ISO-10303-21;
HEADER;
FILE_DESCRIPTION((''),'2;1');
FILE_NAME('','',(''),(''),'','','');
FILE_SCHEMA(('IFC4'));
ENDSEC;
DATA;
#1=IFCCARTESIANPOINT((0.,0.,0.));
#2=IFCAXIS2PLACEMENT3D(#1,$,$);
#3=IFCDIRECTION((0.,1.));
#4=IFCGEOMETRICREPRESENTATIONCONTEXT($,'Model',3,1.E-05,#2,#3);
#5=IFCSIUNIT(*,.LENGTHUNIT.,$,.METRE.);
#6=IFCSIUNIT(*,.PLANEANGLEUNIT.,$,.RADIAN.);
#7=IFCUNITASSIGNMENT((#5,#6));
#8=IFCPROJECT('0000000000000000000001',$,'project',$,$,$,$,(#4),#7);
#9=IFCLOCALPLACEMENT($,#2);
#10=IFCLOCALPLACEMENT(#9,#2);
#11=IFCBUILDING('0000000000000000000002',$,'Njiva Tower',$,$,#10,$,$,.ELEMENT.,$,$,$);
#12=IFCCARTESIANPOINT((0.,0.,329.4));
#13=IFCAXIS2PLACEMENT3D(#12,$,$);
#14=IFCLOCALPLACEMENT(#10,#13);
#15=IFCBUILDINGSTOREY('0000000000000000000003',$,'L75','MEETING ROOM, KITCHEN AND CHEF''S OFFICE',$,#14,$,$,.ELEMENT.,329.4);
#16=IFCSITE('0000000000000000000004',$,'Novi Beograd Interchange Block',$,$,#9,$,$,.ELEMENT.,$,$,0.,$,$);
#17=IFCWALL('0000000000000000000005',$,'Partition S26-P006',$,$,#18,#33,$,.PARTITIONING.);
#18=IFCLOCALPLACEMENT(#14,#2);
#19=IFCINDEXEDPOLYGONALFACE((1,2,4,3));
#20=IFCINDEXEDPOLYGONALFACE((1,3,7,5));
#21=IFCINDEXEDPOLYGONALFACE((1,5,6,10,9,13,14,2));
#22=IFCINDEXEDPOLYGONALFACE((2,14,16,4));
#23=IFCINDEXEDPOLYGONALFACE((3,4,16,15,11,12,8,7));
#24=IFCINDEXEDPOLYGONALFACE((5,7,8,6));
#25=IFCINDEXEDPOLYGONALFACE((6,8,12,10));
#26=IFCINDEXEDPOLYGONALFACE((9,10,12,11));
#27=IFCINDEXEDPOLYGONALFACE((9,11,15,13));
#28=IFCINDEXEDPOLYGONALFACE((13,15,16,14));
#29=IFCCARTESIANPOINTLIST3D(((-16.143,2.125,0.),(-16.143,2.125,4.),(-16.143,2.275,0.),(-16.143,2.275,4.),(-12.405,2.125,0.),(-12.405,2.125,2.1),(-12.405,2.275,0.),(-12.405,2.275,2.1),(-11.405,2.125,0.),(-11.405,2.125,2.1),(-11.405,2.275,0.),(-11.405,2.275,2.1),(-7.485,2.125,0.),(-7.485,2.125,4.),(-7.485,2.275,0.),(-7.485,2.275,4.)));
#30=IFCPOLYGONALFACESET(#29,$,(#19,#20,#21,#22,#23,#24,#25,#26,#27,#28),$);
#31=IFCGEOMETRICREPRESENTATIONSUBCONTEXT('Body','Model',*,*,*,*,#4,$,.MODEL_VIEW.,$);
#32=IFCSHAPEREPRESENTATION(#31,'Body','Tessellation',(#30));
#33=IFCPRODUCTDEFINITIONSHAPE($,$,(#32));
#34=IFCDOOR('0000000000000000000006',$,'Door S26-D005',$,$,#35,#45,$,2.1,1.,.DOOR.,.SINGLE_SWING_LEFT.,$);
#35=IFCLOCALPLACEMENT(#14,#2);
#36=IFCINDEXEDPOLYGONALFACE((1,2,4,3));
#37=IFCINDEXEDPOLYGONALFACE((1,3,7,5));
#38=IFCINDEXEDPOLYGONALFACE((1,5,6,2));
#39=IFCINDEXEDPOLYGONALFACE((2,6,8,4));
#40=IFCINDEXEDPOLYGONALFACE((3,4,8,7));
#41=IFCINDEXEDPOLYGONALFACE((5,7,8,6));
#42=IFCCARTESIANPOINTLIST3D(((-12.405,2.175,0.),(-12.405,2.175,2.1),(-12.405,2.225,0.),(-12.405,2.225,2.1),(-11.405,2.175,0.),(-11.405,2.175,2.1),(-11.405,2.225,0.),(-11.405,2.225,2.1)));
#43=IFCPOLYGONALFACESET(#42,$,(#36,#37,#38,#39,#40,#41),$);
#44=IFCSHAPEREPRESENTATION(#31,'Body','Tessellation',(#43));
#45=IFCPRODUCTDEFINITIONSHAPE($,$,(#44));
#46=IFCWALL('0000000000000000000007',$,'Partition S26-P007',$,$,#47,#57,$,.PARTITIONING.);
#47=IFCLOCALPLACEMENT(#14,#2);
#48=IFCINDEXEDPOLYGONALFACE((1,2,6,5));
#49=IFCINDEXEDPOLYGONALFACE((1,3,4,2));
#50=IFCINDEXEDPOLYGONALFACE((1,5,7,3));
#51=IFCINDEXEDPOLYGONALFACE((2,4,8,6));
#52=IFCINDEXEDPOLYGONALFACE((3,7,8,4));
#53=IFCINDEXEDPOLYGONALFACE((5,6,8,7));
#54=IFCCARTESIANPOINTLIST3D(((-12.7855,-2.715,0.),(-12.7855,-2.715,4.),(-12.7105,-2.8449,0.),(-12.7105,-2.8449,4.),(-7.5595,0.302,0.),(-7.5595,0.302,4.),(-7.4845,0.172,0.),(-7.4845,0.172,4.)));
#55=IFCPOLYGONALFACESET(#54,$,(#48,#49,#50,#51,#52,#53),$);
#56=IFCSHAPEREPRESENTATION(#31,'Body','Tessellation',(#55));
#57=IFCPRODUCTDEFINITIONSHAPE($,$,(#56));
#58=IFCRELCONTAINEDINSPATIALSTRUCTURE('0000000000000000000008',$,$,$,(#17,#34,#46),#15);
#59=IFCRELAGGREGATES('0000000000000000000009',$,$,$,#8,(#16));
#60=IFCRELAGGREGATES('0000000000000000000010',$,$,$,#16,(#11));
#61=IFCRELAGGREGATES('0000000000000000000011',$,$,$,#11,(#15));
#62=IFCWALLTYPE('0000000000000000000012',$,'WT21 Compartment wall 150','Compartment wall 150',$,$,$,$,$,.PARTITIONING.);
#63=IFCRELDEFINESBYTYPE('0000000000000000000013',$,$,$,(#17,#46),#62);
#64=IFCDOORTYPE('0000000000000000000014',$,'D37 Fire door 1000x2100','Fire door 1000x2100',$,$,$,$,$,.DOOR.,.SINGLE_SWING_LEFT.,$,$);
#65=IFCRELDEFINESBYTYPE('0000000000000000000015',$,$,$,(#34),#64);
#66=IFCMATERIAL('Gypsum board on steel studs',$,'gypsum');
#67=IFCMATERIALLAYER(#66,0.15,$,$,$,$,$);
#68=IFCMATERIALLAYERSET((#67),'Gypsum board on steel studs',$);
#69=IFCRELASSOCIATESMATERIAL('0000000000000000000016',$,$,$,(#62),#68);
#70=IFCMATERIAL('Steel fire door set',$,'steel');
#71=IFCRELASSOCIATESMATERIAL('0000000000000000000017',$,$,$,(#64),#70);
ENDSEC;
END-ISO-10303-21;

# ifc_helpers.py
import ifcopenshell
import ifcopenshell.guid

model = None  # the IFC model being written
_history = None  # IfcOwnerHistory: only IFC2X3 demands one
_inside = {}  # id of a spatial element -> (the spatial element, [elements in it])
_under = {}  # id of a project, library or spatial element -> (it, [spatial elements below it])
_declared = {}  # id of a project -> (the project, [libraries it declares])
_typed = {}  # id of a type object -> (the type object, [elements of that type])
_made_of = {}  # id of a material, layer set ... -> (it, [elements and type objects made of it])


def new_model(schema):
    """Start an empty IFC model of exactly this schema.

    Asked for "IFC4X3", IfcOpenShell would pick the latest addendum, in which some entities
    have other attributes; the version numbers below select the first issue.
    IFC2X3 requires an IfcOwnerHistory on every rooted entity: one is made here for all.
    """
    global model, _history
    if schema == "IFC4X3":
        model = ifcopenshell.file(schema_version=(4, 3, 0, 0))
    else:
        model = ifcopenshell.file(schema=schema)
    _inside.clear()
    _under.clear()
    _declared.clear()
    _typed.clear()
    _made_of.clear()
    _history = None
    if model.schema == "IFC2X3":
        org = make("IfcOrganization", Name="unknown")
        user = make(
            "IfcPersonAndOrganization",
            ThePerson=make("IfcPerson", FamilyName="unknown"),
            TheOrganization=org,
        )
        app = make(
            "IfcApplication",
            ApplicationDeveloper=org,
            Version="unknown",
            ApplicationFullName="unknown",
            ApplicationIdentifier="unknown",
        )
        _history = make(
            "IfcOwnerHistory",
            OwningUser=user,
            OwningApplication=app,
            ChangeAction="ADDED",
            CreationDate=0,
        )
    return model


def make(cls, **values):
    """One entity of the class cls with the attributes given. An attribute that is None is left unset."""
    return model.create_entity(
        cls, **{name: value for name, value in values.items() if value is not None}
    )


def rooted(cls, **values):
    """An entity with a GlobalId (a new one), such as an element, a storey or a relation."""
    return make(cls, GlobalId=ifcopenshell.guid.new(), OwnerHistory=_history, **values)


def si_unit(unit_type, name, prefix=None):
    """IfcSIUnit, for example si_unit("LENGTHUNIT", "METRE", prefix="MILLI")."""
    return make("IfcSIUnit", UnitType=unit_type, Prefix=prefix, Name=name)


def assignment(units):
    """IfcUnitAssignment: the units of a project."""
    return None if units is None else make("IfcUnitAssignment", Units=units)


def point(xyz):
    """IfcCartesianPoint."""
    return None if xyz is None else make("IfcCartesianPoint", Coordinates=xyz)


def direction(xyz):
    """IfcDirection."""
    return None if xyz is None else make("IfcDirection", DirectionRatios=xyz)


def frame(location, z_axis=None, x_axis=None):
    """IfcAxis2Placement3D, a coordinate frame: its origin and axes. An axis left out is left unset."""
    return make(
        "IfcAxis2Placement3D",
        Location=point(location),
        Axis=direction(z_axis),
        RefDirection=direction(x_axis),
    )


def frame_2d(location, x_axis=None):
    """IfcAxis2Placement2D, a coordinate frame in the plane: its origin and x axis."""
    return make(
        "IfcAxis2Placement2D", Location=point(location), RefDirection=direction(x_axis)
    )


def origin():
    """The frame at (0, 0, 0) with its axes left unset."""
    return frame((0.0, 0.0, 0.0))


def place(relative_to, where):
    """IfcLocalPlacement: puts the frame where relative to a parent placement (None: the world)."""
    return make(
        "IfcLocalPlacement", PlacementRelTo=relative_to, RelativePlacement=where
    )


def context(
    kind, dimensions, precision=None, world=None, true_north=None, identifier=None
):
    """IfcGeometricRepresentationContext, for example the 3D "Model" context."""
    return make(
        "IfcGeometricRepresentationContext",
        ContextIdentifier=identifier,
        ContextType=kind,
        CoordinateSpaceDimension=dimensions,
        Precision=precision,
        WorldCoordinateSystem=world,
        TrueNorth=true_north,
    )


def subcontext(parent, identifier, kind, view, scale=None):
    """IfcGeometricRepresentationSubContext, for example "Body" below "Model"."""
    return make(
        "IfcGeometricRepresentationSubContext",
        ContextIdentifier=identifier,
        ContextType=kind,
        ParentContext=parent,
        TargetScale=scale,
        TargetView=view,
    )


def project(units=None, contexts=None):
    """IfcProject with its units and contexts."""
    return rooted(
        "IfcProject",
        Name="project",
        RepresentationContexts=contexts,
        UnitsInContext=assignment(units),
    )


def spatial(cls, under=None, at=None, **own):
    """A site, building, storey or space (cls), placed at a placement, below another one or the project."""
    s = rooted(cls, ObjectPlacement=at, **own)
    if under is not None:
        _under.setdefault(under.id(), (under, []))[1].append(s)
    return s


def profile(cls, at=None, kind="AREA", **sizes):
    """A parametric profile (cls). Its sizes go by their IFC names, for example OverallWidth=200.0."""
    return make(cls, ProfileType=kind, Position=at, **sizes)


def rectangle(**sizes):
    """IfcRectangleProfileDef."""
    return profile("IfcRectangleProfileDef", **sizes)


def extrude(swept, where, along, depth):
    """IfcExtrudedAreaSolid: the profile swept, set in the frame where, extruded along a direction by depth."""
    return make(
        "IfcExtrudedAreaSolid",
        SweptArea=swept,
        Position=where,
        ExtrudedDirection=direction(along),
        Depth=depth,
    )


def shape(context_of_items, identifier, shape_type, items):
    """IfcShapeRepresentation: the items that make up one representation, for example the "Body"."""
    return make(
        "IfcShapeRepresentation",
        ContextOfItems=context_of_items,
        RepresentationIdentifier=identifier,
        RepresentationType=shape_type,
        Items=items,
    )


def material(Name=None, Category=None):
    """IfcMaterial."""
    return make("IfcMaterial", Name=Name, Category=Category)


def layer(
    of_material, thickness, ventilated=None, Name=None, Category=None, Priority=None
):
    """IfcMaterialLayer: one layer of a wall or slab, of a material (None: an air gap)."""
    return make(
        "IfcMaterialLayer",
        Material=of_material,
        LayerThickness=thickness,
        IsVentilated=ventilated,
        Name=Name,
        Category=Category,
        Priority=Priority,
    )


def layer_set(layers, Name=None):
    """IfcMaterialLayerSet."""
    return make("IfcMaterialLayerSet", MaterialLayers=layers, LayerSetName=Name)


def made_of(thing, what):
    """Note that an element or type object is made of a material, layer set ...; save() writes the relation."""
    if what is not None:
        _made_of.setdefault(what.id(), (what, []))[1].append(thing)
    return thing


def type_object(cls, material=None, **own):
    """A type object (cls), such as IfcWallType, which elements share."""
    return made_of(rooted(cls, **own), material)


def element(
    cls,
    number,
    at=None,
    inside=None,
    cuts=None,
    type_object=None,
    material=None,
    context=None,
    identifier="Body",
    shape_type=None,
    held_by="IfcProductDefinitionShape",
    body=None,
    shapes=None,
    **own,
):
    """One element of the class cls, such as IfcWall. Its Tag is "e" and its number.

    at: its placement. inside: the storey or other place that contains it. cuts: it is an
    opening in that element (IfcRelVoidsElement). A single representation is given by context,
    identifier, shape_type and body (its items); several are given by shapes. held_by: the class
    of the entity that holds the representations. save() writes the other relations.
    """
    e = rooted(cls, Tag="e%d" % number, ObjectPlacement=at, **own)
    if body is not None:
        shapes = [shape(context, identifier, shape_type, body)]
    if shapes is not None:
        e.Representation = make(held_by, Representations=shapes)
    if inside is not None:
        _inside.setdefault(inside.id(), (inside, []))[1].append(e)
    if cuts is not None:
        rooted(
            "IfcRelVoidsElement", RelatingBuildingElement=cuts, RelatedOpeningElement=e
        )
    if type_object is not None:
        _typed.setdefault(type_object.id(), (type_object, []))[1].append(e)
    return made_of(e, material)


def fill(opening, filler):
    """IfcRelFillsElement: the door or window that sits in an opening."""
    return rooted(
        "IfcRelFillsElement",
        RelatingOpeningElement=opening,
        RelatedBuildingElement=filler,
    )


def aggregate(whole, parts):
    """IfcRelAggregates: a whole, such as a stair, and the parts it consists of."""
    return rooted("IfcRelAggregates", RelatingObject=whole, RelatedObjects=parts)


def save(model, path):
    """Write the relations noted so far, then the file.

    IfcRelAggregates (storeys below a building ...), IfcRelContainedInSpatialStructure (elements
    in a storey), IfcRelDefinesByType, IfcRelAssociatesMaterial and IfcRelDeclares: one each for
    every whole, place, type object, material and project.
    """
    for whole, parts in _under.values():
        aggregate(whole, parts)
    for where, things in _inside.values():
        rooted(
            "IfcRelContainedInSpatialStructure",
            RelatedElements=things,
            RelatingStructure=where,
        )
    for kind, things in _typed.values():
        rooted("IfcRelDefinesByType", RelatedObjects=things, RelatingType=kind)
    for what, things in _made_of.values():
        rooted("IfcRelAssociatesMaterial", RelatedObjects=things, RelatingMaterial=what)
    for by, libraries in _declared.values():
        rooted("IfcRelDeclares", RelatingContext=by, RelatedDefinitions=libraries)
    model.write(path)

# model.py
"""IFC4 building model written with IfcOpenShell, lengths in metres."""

from ifc_helpers import new_model, si_unit, direction, frame, frame_2d, origin, place, context, subcontext, project, spatial, rectangle, extrude, material, layer, layer_set, type_object, element, fill, save


model = new_model("IFC4")

# Units and contexts
model_context = context("Model", 3, precision=1e-05, world=origin(), true_north=direction((0.0, 1.0)))
body_context = subcontext(model_context, "Body", "Model", "MODEL_VIEW")
ifc_project = project(units=[si_unit("LENGTHUNIT", "METRE"), si_unit("PLANEANGLEUNIT", "RADIAN")], contexts=[model_context])

# Site, building, storey
site_placement = place(None, origin())
site = spatial("IfcSite", under=ifc_project, at=site_placement, Name="Novi Beograd Interchange Block", CompositionType="ELEMENT", RefElevation=0.0)
building_placement = place(site_placement, origin())
building = spatial("IfcBuilding", under=site, at=building_placement, Name="Njiva Tower", CompositionType="ELEMENT")
storey_placement = place(building_placement, frame((0.0, 0.0, 329.4)))
storey = spatial("IfcBuildingStorey", under=building, at=storey_placement, Name="L75", Description="MEETING ROOM, KITCHEN AND CHEF'S OFFICE", CompositionType="ELEMENT", Elevation=329.4)

# Shared definitions
ifc_material_1 = material(Name="Gypsum board on steel studs", Category="gypsum")
ifc_layer_1 = layer(ifc_material_1, 0.15)
ifc_layer_set_1 = layer_set([ifc_layer_1], Name="Gypsum board on steel studs")
wall_type_1 = type_object("IfcWallType", Name="WT21 Compartment wall 150", Description="Compartment wall 150", PredefinedType="PARTITIONING", material=ifc_layer_set_1)
ifc_material_2 = material(Name="Steel fire door set", Category="steel")
door_type_1 = type_object("IfcDoorType", Name="D37 Fire door 1000x2100", Description="Fire door 1000x2100", OperationType="SINGLE_SWING_LEFT", PredefinedType="DOOR", material=ifc_material_2)

# Wall, opening, door
wall_1_placement = place(storey_placement, frame((-16.143, 2.2, 0.0), z_axis=(0.0, 0.0, 1.0), x_axis=(1.0, 0.0, 0.0)))
wall_1 = element("IfcWall", 1, at=wall_1_placement, inside=storey, type_object=wall_type_1, Name="Partition S26-P006", PredefinedType="PARTITIONING", context=body_context, shape_type="SweptSolid", body=[
    extrude(rectangle(XDim=8.658, YDim=0.15, at=frame_2d((4.329, 0.0))), origin(), (0.0, 0.0, 1.0), 4.0),
])
opening_1_placement = place(wall_1_placement, frame((3.738, 0.0, 0.0)))
opening_1 = element("IfcOpeningElement", 2, at=opening_1_placement, cuts=wall_1, PredefinedType="OPENING", context=body_context, shape_type="SweptSolid", body=[
    extrude(rectangle(XDim=1.0, YDim=2.1, at=frame_2d((0.5, 1.05))), frame((0.0, 0.085, 0.0), z_axis=(0.0, -1.0, 0.0), x_axis=(1.0, 0.0, 0.0)), (0.0, 0.0, 1.0), 0.17),
])
door_1_placement = place(opening_1_placement, origin())
door_1 = element("IfcDoor", 3, at=door_1_placement, inside=storey, type_object=door_type_1, Name="Door S26-D005", OperationType="SINGLE_SWING_LEFT", OverallHeight=2.1, OverallWidth=1.0, PredefinedType="DOOR", context=body_context, shape_type="SweptSolid", body=[
    extrude(rectangle(XDim=1.0, YDim=2.1, at=frame_2d((0.5, 1.05))), frame((0.0, 0.025, 0.0), z_axis=(0.0, -1.0, 0.0), x_axis=(1.0, 0.0, 0.0)), (0.0, 0.0, 1.0), 0.05),
])
fill(opening_1, door_1)

# Wall
wall_2_placement = place(storey_placement, frame((-12.748, -2.78, 0.0), z_axis=(0.0, 0.0, 1.0), x_axis=(0.866042, 0.499971, 0.0)))
element("IfcWall", 4, at=wall_2_placement, inside=storey, type_object=wall_type_1, Name="Partition S26-P007", PredefinedType="PARTITIONING", context=body_context, shape_type="SweptSolid", body=[
    extrude(rectangle(XDim=6.0343, YDim=0.15, at=frame_2d((3.0172, 0.0))), origin(), (0.0, 0.0, 1.0), 4.0),
])

save(model, "model.ifc")
